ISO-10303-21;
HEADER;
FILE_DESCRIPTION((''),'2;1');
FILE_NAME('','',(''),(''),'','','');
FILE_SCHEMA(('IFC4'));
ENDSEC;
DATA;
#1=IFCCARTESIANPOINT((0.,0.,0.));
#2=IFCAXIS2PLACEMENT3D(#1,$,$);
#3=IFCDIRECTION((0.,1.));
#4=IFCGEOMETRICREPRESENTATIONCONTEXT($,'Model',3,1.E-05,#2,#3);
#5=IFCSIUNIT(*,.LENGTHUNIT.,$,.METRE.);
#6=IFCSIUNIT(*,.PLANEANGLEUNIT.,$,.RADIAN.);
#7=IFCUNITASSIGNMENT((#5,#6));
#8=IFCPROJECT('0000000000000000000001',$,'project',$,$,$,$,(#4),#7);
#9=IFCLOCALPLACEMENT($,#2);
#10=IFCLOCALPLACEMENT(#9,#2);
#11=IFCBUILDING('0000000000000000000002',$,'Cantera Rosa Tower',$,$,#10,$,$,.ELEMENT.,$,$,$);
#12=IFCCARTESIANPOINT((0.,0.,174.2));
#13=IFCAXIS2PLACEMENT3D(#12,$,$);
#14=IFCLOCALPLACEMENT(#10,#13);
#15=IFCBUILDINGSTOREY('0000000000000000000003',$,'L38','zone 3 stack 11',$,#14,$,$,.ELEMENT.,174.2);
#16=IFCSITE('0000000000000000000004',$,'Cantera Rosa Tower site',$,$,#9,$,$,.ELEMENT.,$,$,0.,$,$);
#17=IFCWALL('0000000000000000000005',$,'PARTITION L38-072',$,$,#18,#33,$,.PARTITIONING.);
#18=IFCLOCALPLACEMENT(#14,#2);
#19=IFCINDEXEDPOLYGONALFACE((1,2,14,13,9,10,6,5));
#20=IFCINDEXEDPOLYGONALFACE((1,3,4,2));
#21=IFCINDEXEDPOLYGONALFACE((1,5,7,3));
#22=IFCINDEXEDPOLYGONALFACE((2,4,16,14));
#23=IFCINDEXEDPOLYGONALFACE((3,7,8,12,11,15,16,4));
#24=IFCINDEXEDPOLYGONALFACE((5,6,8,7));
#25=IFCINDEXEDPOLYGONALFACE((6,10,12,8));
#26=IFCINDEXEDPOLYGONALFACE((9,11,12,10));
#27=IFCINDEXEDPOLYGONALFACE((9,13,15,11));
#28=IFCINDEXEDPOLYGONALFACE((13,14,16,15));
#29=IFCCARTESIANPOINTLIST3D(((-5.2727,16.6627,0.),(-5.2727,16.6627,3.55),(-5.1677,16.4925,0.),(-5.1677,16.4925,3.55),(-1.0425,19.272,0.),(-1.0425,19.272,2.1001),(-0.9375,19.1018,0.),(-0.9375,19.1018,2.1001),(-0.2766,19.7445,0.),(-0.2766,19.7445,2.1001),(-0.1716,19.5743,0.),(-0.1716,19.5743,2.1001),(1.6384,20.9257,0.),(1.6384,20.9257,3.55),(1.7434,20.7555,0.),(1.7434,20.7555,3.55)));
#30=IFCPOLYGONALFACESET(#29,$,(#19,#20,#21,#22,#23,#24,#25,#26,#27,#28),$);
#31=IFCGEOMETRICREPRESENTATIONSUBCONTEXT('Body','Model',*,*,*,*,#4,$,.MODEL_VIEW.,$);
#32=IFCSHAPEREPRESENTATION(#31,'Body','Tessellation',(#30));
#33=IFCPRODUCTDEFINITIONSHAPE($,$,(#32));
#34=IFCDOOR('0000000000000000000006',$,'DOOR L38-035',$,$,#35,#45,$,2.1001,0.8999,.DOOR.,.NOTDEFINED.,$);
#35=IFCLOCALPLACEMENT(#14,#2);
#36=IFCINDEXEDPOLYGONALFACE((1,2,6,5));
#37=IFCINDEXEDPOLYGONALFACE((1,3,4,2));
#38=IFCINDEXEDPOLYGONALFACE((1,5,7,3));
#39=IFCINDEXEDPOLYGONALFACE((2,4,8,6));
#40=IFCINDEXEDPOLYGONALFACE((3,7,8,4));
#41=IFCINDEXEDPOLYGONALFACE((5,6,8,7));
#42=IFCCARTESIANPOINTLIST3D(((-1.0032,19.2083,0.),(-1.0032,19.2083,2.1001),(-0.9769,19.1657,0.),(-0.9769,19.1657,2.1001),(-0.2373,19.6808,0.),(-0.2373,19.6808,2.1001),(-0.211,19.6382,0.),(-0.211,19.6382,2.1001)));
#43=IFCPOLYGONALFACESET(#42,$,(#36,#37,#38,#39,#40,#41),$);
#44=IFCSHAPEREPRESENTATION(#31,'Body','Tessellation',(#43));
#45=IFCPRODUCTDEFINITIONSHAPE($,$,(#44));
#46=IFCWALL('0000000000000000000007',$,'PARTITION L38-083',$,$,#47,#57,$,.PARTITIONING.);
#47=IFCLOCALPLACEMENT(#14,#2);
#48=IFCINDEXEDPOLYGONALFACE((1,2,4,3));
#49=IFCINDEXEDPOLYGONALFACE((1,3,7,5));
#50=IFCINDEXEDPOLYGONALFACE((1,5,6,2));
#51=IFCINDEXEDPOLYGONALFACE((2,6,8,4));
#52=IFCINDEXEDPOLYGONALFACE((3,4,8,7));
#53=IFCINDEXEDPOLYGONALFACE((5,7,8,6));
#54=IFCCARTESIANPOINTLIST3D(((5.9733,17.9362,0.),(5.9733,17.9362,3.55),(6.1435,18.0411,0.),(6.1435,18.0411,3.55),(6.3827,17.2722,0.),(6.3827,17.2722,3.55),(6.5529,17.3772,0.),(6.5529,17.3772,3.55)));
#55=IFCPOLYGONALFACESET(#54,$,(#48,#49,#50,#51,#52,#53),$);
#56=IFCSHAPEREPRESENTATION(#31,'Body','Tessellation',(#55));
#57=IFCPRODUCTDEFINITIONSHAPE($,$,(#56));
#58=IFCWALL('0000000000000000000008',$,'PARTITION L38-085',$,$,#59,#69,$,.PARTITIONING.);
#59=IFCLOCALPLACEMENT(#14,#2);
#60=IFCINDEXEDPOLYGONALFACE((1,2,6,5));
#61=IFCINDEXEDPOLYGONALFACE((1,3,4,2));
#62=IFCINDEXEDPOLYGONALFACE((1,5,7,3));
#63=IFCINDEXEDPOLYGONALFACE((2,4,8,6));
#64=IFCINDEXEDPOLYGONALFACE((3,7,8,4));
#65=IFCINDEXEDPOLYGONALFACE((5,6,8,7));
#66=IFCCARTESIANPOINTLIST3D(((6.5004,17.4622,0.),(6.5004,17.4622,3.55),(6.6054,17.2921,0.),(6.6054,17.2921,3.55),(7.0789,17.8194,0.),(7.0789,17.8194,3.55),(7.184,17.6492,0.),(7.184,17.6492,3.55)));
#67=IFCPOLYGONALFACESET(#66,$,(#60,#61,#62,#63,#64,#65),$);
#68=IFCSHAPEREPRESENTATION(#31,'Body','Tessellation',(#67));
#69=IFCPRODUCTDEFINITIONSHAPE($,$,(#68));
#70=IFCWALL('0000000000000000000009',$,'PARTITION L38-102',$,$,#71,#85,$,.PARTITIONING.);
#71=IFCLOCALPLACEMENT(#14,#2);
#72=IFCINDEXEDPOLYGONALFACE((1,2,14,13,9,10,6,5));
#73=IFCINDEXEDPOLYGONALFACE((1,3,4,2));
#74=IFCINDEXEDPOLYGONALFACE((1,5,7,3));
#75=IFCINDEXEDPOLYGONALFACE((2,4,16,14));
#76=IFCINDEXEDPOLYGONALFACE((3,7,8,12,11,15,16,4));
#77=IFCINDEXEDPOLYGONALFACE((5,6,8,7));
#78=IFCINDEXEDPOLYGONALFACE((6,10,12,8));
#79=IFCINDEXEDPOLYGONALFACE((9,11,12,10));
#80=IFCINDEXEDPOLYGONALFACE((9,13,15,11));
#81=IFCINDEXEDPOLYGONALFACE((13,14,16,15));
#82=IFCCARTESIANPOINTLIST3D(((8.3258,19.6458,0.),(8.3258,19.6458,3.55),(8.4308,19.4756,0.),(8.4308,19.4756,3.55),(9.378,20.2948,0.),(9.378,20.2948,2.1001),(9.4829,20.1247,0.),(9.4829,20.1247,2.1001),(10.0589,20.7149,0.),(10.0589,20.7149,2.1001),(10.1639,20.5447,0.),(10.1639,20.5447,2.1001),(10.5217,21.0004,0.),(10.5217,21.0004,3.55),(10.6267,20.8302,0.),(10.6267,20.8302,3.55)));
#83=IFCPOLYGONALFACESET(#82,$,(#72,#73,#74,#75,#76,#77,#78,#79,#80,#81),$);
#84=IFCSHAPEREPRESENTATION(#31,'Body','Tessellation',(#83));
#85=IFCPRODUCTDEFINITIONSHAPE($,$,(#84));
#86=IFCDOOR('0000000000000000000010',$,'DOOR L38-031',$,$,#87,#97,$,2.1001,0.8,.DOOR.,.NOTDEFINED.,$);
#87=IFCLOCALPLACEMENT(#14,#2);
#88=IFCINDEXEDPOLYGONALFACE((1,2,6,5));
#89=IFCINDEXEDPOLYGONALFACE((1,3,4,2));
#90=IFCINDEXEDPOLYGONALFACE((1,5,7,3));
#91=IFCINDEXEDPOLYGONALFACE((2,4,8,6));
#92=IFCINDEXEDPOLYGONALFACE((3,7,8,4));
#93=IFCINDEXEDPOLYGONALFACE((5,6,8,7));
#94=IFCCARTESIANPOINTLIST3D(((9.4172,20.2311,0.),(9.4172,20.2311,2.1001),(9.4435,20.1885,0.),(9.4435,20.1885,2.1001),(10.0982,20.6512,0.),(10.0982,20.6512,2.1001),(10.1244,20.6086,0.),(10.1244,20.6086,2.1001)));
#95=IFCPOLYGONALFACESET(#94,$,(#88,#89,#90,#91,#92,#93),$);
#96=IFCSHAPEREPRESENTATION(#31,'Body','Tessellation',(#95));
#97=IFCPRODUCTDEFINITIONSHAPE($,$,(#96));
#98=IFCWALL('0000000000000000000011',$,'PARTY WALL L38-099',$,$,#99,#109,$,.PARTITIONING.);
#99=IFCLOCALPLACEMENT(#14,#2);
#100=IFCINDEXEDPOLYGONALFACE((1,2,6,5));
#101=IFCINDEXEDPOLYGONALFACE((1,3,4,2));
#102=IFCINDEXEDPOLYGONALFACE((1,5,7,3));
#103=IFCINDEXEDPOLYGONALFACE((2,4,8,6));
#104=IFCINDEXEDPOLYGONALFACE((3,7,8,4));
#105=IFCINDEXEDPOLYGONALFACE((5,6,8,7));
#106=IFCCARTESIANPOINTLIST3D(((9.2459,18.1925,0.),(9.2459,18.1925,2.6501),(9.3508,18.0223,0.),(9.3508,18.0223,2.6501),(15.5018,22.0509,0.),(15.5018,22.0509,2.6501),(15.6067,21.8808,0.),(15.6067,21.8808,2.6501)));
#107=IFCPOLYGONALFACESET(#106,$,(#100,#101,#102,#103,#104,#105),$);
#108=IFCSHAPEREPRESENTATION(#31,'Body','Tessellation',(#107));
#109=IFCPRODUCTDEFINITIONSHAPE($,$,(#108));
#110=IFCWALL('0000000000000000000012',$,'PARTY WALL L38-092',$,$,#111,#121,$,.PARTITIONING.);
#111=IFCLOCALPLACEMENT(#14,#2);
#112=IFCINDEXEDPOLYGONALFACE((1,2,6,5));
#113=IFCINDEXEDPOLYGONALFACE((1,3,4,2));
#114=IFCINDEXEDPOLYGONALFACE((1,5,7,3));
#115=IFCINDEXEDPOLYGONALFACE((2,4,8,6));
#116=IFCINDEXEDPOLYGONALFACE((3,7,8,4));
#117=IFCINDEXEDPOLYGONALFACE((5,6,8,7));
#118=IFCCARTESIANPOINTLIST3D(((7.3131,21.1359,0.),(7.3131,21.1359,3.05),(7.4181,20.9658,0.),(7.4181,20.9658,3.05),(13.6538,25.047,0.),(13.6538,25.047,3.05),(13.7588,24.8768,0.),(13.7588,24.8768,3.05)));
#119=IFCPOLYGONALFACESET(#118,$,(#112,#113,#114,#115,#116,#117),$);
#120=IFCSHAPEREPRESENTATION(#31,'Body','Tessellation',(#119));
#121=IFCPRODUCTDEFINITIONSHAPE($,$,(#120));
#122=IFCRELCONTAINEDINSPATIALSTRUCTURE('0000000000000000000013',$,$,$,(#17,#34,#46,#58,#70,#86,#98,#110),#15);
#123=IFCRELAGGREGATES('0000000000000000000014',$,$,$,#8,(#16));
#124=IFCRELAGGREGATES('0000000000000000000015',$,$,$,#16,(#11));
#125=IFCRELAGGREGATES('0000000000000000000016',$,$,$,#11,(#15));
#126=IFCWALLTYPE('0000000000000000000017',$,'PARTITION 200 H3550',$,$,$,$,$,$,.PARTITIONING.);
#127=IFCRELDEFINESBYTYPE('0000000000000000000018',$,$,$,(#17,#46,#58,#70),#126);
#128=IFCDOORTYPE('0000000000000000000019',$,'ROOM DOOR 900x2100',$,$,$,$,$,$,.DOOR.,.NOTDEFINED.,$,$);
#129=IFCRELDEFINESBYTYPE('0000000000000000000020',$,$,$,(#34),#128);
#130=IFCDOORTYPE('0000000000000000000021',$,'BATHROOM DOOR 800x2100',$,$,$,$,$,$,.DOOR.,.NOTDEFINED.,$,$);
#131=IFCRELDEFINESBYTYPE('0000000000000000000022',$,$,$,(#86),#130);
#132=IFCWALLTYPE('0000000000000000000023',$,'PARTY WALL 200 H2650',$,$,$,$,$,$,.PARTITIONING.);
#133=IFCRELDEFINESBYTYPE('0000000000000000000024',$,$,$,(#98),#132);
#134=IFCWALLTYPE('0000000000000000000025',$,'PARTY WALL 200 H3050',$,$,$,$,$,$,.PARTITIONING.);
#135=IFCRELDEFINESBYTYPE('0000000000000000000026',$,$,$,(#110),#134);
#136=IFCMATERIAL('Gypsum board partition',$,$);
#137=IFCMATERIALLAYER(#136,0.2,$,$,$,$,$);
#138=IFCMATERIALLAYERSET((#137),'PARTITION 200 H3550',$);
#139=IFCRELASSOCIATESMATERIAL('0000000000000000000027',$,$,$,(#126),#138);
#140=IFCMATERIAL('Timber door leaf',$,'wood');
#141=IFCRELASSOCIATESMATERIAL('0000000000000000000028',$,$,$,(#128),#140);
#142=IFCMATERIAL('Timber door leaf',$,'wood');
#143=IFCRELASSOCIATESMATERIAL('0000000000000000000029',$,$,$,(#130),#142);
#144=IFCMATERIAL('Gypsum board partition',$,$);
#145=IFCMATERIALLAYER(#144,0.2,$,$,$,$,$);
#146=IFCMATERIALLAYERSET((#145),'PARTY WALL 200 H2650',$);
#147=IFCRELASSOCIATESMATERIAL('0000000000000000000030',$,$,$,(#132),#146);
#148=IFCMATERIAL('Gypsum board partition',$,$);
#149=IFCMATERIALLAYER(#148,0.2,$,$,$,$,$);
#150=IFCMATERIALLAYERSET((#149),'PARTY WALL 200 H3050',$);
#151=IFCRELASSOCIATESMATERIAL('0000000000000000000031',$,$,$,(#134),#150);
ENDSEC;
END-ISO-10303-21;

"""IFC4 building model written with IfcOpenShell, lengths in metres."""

from ifc_helpers import new_model, si_unit, direction, frame, frame_2d, origin, place, context, subcontext, project, spatial, rectangle, extrude, material, layer, layer_set, type_object, element, fill, save


model = new_model("IFC4")

# Units and contexts
model_context = context("Model", 3, precision=1e-05, world=origin(), true_north=direction((0.0, 1.0)))
body_context = subcontext(model_context, "Body", "Model", "MODEL_VIEW")
ifc_project = project(units=[si_unit("LENGTHUNIT", "METRE"), si_unit("PLANEANGLEUNIT", "RADIAN")], contexts=[model_context])

# Site, building, storey
site_placement = place(None, origin())
site = spatial("IfcSite", under=ifc_project, at=site_placement, Name="Cantera Rosa Tower site", CompositionType="ELEMENT", RefElevation=0.0)
building_placement = place(site_placement, origin())
building = spatial("IfcBuilding", under=site, at=building_placement, Name="Cantera Rosa Tower", CompositionType="ELEMENT")
storey_placement = place(building_placement, frame((0.0, 0.0, 174.2)))
storey = spatial("IfcBuildingStorey", under=building, at=storey_placement, Name="L38", Description="zone 3 stack 11", CompositionType="ELEMENT", Elevation=174.2)

# Shared definitions
ifc_material_1 = material(Name="Gypsum board partition")
ifc_layer_1 = layer(ifc_material_1, 0.2)
ifc_layer_set_1 = layer_set([ifc_layer_1], Name="PARTITION 200 H3550")
wall_type_1 = type_object("IfcWallType", Name="PARTITION 200 H3550", PredefinedType="PARTITIONING", material=ifc_layer_set_1)
ifc_material_2 = material(Name="Timber door leaf", Category="wood")
door_type_1 = type_object("IfcDoorType", Name="ROOM DOOR 900x2100", OperationType="NOTDEFINED", PredefinedType="DOOR", material=ifc_material_2)
ifc_material_3 = material(Name="Timber door leaf", Category="wood")
door_type_2 = type_object("IfcDoorType", Name="BATHROOM DOOR 800x2100", OperationType="NOTDEFINED", PredefinedType="DOOR", material=ifc_material_3)

# Wall, opening, door
wall_1_placement = place(storey_placement, frame((1.6909, 20.8406, 0.0), z_axis=(0.0, 0.0, 1.0), x_axis=(-0.851112, -0.524985, 0.0)))
wall_1 = element("IfcWall", 1, at=wall_1_placement, inside=storey, type_object=wall_type_1, Name="PARTITION L38-072", PredefinedType="PARTITIONING", context=body_context, shape_type="SweptSolid", body=[
    extrude(rectangle(XDim=8.1201, YDim=0.2, at=frame_2d((4.0601, 0.0))), origin(), (0.0, 0.0, 1.0), 3.55),
])
opening_1_placement = place(wall_1_placement, frame((2.25, 0.0, 0.0)))
opening_1 = element("IfcOpeningElement", 2, at=opening_1_placement, cuts=wall_1, PredefinedType="OPENING", context=body_context, shape_type="SweptSolid", body=[
    extrude(rectangle(XDim=0.8999, YDim=2.1001, at=frame_2d((0.45, 1.05))), frame((0.0, 0.1099, 0.0), z_axis=(0.0, -1.0, 0.0), x_axis=(1.0, 0.0, 0.0)), (0.0, 0.0, 1.0), 0.22),
])
door_1_placement = place(opening_1_placement, origin())
door_1 = element("IfcDoor", 3, at=door_1_placement, inside=storey, type_object=door_type_1, Name="DOOR L38-035", OperationType="NOTDEFINED", OverallHeight=2.1001, OverallWidth=0.8999, PredefinedType="DOOR", context=body_context, shape_type="SweptSolid", body=[
    extrude(rectangle(XDim=0.8999, YDim=2.1001, at=frame_2d((0.45, 1.05))), frame((0.0, 0.0249, 0.0), z_axis=(0.0, -1.0, 0.0), x_axis=(1.0, 0.0, 0.0)), (0.0, 0.0, 1.0), 0.05),
])
fill(opening_1, door_1)

# Walls
wall_2_placement = place(storey_placement, frame((6.0583, 17.9888, 0.0), z_axis=(0.0, 0.0, 1.0), x_axis=(0.524813, -0.851217, 0.0)))
element("IfcWall", 4, at=wall_2_placement, inside=storey, type_object=wall_type_1, Name="PARTITION L38-083", PredefinedType="PARTITIONING", context=body_context, shape_type="SweptSolid", body=[
    extrude(rectangle(XDim=0.78, YDim=0.2, at=frame_2d((0.3901, 0.0))), origin(), (0.0, 0.0, 1.0), 3.55),
])
wall_3_placement = place(storey_placement, frame((6.553, 17.3772, 0.0), z_axis=(0.0, 0.0, 1.0), x_axis=(0.85093, 0.525279, 0.0)))
element("IfcWall", 5, at=wall_3_placement, inside=storey, type_object=wall_type_1, Name="PARTITION L38-085", PredefinedType="PARTITIONING", context=body_context, shape_type="SweptSolid", body=[
    extrude(rectangle(XDim=0.6799, YDim=0.2, at=frame_2d((0.3398, 0.0))), origin(), (0.0, 0.0, 1.0), 3.55),
])

# Wall, opening, door
wall_4_placement = place(storey_placement, frame((10.5742, 20.9153, 0.0), z_axis=(0.0, 0.0, 1.0), x_axis=(-0.851099, -0.525005, 0.0)))
wall_4 = element("IfcWall", 6, at=wall_4_placement, inside=storey, type_object=wall_type_1, Name="PARTITION L38-102", PredefinedType="PARTITIONING", context=body_context, shape_type="SweptSolid", body=[
    extrude(rectangle(XDim=2.5801, YDim=0.2, at=frame_2d((1.29, 0.0))), origin(), (0.0, 0.0, 1.0), 3.55),
])
opening_2_placement = place(wall_4_placement, frame((0.5439, 0.0, 0.0)))
opening_2 = element("IfcOpeningElement", 7, at=opening_2_placement, cuts=wall_4, PredefinedType="OPENING", context=body_context, shape_type="SweptSolid", body=[
    extrude(rectangle(XDim=0.8, YDim=2.1001, at=frame_2d((0.3999, 1.05))), frame((0.0, 0.1099, 0.0), z_axis=(0.0, -1.0, 0.0), x_axis=(1.0, 0.0, 0.0)), (0.0, 0.0, 1.0), 0.22),
])
door_2_placement = place(opening_2_placement, origin())
door_2 = element("IfcDoor", 8, at=door_2_placement, inside=storey, type_object=door_type_2, Name="DOOR L38-031", OperationType="NOTDEFINED", OverallHeight=2.1001, OverallWidth=0.8, PredefinedType="DOOR", context=body_context, shape_type="SweptSolid", body=[
    extrude(rectangle(XDim=0.8, YDim=2.1001, at=frame_2d((0.3999, 1.05))), frame((0.0, 0.0249, 0.0), z_axis=(0.0, -1.0, 0.0), x_axis=(1.0, 0.0, 0.0)), (0.0, 0.0, 1.0), 0.05),
])
fill(opening_2, door_2)

# Walls
ifc_material_4 = material(Name="Gypsum board partition")
ifc_layer_2 = layer(ifc_material_4, 0.2)
ifc_layer_set_2 = layer_set([ifc_layer_2], Name="PARTY WALL 200 H2650")
wall_type_2 = type_object("IfcWallType", Name="PARTY WALL 200 H2650", PredefinedType="PARTITIONING", material=ifc_layer_set_2)
wall_5_placement = place(storey_placement, frame((9.2983, 18.1074, 0.0), z_axis=(0.0, 0.0, 1.0), x_axis=(0.851133, 0.52495, 0.0)))
element("IfcWall", 9, at=wall_5_placement, inside=storey, type_object=wall_type_2, Name="PARTY WALL L38-099", PredefinedType="PARTITIONING", context=body_context, shape_type="SweptSolid", body=[
    extrude(rectangle(XDim=7.3501, YDim=0.2, at=frame_2d((3.675, 0.0))), origin(), (0.0, 0.0, 1.0), 2.6501),
])
ifc_material_5 = material(Name="Gypsum board partition")
ifc_layer_3 = layer(ifc_material_5, 0.2)
ifc_layer_set_3 = layer_set([ifc_layer_3], Name="PARTY WALL 200 H3050")
wall_type_3 = type_object("IfcWallType", Name="PARTY WALL 200 H3050", PredefinedType="PARTITIONING", material=ifc_layer_set_3)
wall_6_placement = place(storey_placement, frame((7.3655, 21.0508, 0.0), z_axis=(0.0, 0.0, 1.0), x_axis=(0.851113, 0.524982, 0.0)))
element("IfcWall", 10, at=wall_6_placement, inside=storey, type_object=wall_type_3, Name="PARTY WALL L38-092", PredefinedType="PARTITIONING", context=body_context, shape_type="SweptSolid", body=[
    extrude(rectangle(XDim=7.45, YDim=0.2, at=frame_2d((3.7251, 0.0))), origin(), (0.0, 0.0, 1.0), 3.05),
])

save(model, "model.ifc")
